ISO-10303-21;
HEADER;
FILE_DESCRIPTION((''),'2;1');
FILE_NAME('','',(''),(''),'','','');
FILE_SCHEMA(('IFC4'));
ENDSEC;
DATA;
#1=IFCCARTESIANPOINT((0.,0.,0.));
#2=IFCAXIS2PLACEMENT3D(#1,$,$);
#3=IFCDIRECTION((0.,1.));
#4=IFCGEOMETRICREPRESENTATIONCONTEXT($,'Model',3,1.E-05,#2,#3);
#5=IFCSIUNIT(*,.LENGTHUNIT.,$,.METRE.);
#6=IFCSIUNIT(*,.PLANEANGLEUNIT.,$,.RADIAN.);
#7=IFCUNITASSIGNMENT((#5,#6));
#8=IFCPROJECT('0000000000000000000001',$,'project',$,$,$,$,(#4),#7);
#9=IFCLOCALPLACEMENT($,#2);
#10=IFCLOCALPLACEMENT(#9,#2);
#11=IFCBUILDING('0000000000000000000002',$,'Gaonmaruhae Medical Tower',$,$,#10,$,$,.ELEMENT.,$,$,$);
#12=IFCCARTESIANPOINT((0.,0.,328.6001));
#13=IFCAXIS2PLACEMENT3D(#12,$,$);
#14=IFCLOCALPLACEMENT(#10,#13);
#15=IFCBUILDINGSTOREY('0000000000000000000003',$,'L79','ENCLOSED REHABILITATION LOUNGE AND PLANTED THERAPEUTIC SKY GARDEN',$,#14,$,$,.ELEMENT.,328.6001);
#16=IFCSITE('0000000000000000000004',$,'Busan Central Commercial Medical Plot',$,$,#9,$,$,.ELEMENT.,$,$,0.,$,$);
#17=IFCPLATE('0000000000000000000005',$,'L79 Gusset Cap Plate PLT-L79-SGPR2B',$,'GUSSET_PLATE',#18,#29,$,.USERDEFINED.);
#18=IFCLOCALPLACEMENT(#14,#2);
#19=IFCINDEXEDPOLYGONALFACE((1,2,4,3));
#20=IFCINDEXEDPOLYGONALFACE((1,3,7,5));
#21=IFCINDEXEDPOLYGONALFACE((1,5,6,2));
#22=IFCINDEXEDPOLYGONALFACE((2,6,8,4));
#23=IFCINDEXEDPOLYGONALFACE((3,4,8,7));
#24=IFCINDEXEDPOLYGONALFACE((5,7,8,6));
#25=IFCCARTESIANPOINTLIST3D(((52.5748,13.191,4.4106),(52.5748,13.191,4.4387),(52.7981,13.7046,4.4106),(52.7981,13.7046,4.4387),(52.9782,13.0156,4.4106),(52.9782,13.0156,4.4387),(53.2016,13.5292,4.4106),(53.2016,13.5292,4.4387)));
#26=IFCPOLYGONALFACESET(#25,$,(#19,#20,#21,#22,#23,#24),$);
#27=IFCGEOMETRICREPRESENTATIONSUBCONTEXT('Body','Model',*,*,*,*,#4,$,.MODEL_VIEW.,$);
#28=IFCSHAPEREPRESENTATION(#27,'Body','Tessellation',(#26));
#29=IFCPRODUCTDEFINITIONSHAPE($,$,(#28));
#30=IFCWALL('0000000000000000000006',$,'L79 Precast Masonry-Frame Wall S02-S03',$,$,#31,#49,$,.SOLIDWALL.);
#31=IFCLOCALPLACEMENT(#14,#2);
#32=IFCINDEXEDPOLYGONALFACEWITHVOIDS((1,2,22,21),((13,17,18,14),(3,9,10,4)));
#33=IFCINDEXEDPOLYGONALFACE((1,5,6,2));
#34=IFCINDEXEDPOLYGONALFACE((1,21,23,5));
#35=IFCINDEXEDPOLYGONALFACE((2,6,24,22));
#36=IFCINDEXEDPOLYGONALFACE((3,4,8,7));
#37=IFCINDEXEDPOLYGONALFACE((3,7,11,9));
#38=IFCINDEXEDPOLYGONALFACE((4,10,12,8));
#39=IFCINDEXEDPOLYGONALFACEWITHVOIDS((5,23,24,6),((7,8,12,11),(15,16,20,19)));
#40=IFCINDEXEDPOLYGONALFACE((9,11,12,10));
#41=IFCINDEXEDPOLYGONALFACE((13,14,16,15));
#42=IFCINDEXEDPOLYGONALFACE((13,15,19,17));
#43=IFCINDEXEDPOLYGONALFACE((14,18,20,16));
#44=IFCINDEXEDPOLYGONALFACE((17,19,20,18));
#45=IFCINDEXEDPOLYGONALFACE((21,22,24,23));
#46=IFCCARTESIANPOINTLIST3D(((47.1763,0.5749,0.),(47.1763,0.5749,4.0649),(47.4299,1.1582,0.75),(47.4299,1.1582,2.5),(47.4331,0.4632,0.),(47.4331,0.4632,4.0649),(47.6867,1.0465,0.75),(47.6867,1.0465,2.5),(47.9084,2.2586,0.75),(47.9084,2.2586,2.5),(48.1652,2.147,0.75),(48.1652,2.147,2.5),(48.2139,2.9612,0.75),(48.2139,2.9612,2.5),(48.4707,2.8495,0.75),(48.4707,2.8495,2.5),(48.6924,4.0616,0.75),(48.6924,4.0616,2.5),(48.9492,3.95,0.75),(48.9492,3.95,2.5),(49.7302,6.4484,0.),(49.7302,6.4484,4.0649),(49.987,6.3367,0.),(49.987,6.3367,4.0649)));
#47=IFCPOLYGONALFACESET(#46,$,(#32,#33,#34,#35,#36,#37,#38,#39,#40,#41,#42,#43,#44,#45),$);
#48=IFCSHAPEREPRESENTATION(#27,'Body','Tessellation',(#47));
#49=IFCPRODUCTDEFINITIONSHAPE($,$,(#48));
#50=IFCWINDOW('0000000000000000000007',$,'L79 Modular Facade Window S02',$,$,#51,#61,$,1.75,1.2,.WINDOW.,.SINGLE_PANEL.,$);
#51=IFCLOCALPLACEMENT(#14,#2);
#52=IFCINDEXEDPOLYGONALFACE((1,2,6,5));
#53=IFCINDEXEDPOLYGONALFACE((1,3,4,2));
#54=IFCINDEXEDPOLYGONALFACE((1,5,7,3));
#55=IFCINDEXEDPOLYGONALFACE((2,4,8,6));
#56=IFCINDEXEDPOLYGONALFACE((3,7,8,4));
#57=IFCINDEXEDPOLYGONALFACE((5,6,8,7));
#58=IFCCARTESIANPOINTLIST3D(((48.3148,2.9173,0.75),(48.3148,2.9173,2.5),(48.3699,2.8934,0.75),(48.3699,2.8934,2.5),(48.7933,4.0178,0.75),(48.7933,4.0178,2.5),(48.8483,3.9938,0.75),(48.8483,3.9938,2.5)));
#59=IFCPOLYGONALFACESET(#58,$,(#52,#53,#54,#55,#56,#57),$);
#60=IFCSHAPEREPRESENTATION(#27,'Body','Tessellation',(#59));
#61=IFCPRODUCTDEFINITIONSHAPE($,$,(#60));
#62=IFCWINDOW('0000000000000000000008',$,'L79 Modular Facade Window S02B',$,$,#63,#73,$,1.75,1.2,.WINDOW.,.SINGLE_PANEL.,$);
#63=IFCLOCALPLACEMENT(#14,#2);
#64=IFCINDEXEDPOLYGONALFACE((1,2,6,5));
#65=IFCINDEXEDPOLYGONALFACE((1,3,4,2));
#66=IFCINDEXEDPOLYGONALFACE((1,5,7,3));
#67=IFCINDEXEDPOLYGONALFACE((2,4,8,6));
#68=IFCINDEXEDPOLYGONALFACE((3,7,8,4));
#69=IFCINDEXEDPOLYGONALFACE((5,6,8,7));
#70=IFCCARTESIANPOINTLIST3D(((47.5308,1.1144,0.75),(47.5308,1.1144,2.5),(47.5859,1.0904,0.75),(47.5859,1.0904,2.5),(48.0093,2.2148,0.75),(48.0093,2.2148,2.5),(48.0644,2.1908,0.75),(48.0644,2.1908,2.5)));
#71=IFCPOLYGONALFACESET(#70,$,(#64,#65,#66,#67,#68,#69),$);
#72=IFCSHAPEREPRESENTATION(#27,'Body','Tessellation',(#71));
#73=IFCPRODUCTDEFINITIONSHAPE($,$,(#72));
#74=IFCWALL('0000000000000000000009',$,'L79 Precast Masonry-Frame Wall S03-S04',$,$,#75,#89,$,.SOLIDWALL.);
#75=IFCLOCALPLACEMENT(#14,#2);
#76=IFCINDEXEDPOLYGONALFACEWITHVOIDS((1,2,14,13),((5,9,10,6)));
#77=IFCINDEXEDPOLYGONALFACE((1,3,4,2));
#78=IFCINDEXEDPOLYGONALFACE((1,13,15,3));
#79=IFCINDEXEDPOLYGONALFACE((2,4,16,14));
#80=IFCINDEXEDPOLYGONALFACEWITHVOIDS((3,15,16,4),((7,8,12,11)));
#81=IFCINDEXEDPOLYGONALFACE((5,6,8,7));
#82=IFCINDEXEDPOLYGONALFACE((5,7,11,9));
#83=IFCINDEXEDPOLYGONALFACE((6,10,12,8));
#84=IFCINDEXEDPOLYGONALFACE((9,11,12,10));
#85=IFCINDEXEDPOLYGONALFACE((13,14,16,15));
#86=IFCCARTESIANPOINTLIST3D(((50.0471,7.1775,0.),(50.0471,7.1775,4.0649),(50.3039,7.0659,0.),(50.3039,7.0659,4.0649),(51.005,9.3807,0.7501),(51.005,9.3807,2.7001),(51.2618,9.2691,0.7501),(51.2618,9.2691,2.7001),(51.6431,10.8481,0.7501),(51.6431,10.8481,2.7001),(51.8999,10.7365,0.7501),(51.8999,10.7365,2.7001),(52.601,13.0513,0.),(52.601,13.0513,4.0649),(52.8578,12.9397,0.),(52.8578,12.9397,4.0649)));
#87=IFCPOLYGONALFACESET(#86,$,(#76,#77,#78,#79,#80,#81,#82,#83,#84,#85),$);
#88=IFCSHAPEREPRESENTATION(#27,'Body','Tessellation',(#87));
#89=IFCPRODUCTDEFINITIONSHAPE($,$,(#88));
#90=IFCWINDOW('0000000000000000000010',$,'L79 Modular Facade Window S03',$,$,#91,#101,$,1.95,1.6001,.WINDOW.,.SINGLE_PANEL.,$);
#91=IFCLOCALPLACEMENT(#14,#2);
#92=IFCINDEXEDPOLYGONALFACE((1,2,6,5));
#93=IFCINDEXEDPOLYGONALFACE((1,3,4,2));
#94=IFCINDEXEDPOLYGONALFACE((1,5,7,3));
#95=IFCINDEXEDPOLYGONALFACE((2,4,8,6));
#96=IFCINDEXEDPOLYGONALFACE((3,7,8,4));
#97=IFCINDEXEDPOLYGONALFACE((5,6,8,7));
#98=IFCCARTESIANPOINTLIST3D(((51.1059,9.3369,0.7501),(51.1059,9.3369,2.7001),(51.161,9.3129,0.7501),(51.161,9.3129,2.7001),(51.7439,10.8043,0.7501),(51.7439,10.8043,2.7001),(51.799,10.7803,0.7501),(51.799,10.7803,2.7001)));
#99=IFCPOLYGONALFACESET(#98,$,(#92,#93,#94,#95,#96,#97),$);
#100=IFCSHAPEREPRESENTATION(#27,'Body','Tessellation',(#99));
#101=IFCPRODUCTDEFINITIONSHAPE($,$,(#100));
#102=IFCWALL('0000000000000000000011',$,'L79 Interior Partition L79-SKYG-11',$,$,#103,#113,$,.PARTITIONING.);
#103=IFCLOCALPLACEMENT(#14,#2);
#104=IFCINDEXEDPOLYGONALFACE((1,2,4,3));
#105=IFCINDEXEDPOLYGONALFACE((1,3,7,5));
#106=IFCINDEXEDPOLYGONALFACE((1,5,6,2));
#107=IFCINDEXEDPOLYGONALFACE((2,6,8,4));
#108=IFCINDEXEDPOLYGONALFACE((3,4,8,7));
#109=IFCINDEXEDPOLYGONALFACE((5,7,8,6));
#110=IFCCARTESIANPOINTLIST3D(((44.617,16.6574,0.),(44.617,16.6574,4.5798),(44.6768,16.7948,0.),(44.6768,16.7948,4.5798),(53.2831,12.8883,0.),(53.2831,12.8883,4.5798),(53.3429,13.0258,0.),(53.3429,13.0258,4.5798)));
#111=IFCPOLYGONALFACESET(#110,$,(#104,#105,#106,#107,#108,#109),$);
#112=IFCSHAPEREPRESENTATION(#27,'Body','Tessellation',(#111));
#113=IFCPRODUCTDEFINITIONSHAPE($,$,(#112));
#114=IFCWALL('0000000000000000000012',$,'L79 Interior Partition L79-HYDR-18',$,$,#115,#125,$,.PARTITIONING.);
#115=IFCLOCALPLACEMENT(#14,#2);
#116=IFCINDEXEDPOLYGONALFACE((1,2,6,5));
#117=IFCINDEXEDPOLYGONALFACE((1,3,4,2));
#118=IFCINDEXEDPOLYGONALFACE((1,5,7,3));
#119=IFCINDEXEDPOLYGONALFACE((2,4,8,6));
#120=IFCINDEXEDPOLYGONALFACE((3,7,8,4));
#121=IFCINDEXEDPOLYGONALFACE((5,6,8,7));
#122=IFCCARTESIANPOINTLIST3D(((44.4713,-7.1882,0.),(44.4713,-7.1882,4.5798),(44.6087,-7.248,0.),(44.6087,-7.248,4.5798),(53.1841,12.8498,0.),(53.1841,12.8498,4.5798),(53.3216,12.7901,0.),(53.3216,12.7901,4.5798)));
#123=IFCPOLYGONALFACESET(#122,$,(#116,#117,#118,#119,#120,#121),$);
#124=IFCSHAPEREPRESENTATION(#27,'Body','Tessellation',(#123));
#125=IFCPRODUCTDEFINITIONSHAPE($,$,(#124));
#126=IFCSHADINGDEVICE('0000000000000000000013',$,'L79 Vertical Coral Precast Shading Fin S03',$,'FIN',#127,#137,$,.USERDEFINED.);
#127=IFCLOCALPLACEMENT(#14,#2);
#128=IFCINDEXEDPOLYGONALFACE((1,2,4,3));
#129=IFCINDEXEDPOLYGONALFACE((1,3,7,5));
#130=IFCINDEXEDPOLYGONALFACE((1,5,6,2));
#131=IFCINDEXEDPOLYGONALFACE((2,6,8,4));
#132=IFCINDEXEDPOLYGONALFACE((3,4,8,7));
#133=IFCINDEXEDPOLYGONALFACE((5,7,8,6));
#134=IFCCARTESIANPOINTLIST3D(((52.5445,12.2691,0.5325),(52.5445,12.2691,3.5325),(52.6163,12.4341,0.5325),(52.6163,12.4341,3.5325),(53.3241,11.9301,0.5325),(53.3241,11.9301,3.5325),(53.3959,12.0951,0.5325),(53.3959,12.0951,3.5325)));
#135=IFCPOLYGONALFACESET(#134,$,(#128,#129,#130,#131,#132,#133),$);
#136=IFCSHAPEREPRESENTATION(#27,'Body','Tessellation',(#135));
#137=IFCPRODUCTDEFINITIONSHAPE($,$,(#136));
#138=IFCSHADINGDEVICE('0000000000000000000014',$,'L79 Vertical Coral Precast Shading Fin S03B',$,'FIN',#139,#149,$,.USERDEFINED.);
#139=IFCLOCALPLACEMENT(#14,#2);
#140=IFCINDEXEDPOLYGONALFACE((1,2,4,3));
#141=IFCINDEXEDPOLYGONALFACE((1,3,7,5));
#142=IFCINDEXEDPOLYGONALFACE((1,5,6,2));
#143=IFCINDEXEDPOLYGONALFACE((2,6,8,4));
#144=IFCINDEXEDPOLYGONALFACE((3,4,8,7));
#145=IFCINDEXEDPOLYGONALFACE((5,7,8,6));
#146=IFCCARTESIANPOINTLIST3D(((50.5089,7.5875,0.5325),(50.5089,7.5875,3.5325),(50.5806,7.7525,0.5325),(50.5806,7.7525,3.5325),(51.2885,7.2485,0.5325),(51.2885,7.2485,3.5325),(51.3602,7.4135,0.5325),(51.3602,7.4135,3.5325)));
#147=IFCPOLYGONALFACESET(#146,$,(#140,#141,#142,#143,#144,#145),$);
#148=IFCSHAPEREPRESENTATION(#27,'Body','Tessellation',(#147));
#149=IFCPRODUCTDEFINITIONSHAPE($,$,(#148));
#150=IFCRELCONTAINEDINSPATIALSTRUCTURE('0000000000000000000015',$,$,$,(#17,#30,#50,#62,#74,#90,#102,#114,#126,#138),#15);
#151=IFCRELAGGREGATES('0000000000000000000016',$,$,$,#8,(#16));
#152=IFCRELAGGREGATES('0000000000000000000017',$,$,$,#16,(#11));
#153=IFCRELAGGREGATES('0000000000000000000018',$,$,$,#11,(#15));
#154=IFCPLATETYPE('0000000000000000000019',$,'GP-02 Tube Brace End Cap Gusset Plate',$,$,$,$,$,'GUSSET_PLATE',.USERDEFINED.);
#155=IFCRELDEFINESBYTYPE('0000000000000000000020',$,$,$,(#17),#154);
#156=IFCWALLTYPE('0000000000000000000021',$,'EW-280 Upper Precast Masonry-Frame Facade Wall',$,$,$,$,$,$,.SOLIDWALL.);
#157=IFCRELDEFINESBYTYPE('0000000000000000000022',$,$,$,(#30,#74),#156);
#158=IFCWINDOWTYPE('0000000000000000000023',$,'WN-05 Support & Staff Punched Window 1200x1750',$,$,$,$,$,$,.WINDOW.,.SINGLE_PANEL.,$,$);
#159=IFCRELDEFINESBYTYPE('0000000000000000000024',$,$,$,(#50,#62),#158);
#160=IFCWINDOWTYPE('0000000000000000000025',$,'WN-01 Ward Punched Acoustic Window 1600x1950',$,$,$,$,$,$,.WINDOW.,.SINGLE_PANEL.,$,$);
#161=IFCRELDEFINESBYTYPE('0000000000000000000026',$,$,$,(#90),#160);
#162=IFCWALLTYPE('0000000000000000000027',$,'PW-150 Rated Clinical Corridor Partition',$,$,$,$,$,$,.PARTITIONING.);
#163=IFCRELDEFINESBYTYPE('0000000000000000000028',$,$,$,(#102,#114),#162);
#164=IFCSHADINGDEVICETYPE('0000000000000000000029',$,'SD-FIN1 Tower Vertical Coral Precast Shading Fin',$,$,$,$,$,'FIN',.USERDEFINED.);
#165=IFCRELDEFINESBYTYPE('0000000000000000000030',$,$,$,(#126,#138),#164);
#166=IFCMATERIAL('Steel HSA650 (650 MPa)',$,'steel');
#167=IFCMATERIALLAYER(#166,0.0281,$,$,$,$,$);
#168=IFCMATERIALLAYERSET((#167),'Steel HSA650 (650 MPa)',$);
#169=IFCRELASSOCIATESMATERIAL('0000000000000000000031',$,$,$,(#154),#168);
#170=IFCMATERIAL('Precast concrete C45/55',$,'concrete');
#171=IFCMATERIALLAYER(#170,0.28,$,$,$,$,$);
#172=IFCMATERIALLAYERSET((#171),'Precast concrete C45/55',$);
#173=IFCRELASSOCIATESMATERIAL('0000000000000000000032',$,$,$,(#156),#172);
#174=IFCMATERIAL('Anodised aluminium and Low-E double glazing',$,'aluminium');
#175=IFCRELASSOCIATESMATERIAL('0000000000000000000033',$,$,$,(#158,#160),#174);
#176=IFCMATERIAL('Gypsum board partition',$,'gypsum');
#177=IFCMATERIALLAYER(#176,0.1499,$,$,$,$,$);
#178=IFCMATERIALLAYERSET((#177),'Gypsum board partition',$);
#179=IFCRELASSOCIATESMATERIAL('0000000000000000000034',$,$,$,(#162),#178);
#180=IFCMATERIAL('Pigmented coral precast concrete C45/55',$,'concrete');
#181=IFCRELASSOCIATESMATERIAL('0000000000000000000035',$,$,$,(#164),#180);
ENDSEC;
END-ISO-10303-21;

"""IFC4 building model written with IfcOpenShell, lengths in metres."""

from ifc_helpers import new_model, si_unit, direction, frame, frame_2d, origin, origin_2d, place, context, subcontext, project, spatial, rectangle, extrude, material, layer, layer_set, type_object, element, fill, save


model = new_model("IFC4")

# Units and contexts
model_context = context("Model", 3, precision=1e-05, world=origin(), true_north=direction((0.0, 1.0)))
body_context = subcontext(model_context, "Body", "Model", "MODEL_VIEW")
ifc_project = project(units=[si_unit("LENGTHUNIT", "METRE"), si_unit("PLANEANGLEUNIT", "RADIAN")], contexts=[model_context])

# Site, building, storey
site_placement = place(None, origin())
site = spatial("IfcSite", under=ifc_project, at=site_placement, Name="Busan Central Commercial Medical Plot", CompositionType="ELEMENT", RefElevation=0.0)
building_placement = place(site_placement, origin())
building = spatial("IfcBuilding", under=site, at=building_placement, Name="Gaonmaruhae Medical Tower", CompositionType="ELEMENT")
storey_placement = place(building_placement, frame((0.0, 0.0, 328.6001)))
storey = spatial("IfcBuildingStorey", under=building, at=storey_placement, Name="L79", Description="ENCLOSED REHABILITATION LOUNGE AND PLANTED THERAPEUTIC SKY GARDEN", CompositionType="ELEMENT", Elevation=328.6001)

# Shared definitions
ifc_material_1 = material(Name="Anodised aluminium and Low-E double glazing", Category="aluminium")

# Plate
ifc_material_2 = material(Name="Steel HSA650 (650 MPa)", Category="steel")
ifc_layer_1 = layer(ifc_material_2, 0.0281)
ifc_layer_set_1 = layer_set([ifc_layer_1], Name="Steel HSA650 (650 MPa)")
plate_type_1 = type_object("IfcPlateType", Name="GP-02 Tube Brace End Cap Gusset Plate", ElementType="GUSSET_PLATE", PredefinedType="USERDEFINED", material=ifc_layer_set_1)
for number, where, z_axis, x_axis, name in (
    (1, (52.8882, 13.3601, 4.4106), (0.0, 0.0, 1.0), (0.398749, 0.91706, 0.0), "L79 Gusset Cap Plate PLT-L79-SGPR2B"),
):
    element("IfcPlate", number, at=place(storey_placement, frame(where, z_axis=z_axis, x_axis=x_axis)), inside=storey, type_object=plate_type_1, Name=name, ObjectType="GUSSET_PLATE", PredefinedType="USERDEFINED", context=body_context, shape_type="SweptSolid", body=[
        extrude(rectangle(XDim=0.5601, YDim=0.4399, at=origin_2d()), origin(), (0.0, 0.0, 1.0), 0.0281),
    ])

# Wall, openings, windows
ifc_material_3 = material(Name="Precast concrete C45/55", Category="concrete")
ifc_layer_2 = layer(ifc_material_3, 0.28)
ifc_layer_set_2 = layer_set([ifc_layer_2], Name="Precast concrete C45/55")
wall_type_1 = type_object("IfcWallType", Name="EW-280 Upper Precast Masonry-Frame Facade Wall", PredefinedType="SOLIDWALL", material=ifc_layer_set_2)
wall_1_placement = place(storey_placement, frame((49.8586, 6.3926, 0.0), z_axis=(0.0, 0.0, 1.0), x_axis=(-0.398758, -0.917056, 0.0)))
wall_1 = element("IfcWall", 2, at=wall_1_placement, inside=storey, type_object=wall_type_1, Name="L79 Precast Masonry-Frame Wall S02-S03", PredefinedType="SOLIDWALL", context=body_context, shape_type="SweptSolid", body=[
    extrude(rectangle(XDim=6.4048, YDim=0.28, at=frame_2d((3.2024, 0.0))), origin(), (0.0, 0.0, 1.0), 4.0649),
])
opening_1_placement = place(wall_1_placement, frame((2.6025, 0.0, 0.75)))
opening_1 = element("IfcOpeningElement", 3, at=opening_1_placement, cuts=wall_1, PredefinedType="OPENING", context=body_context, shape_type="SweptSolid", body=[
    extrude(rectangle(XDim=1.2, YDim=1.75, at=frame_2d((0.6001, 0.875))), frame((0.0, 0.1499, 0.0), z_axis=(0.0, -1.0, 0.0), x_axis=(1.0, 0.0, 0.0)), (0.0, 0.0, 1.0), 0.3),
])
opening_2_placement = place(wall_1_placement, frame((4.5686, 0.0, 0.75)))
opening_2 = element("IfcOpeningElement", 4, at=opening_2_placement, cuts=wall_1, PredefinedType="OPENING", context=body_context, shape_type="SweptSolid", body=[
    extrude(rectangle(XDim=1.2, YDim=1.75, at=frame_2d((0.6001, 0.875))), frame((0.0, 0.1499, 0.0), z_axis=(0.0, -1.0, 0.0), x_axis=(1.0, 0.0, 0.0)), (0.0, 0.0, 1.0), 0.3),
])
window_type_1 = type_object("IfcWindowType", Name="WN-05 Support & Staff Punched Window 1200x1750", PartitioningType="SINGLE_PANEL", PredefinedType="WINDOW", material=ifc_material_1)
window_1_placement = place(opening_1_placement, origin())
window_1 = element("IfcWindow", 5, at=window_1_placement, inside=storey, type_object=window_type_1, Name="L79 Modular Facade Window S02", OverallHeight=1.75, OverallWidth=1.2, PartitioningType="SINGLE_PANEL", PredefinedType="WINDOW", context=body_context, shape_type="SweptSolid", body=[
    extrude(rectangle(XDim=1.2, YDim=1.75, at=frame_2d((0.6001, 0.875))), frame((0.0, 0.03, 0.0), z_axis=(0.0, -1.0, 0.0), x_axis=(1.0, 0.0, 0.0)), (0.0, 0.0, 1.0), 0.0601),
])
fill(opening_1, window_1)
window_2_placement = place(opening_2_placement, origin())
window_2 = element("IfcWindow", 6, at=window_2_placement, inside=storey, type_object=window_type_1, Name="L79 Modular Facade Window S02B", OverallHeight=1.75, OverallWidth=1.2, PartitioningType="SINGLE_PANEL", PredefinedType="WINDOW", context=body_context, shape_type="SweptSolid", body=[
    extrude(rectangle(XDim=1.2, YDim=1.75, at=frame_2d((0.6001, 0.875))), frame((0.0, 0.03, 0.0), z_axis=(0.0, -1.0, 0.0), x_axis=(1.0, 0.0, 0.0)), (0.0, 0.0, 1.0), 0.0601),
])
fill(opening_2, window_2)

# Wall, opening, window
wall_2_placement = place(storey_placement, frame((52.7295, 12.9956, 0.0), z_axis=(0.0, 0.0, 1.0), x_axis=(-0.398744, -0.917062, 0.0)))
wall_2 = element("IfcWall", 7, at=wall_2_placement, inside=storey, type_object=wall_type_1, Name="L79 Precast Masonry-Frame Wall S03-S04", PredefinedType="SOLIDWALL", context=body_context, shape_type="SweptSolid", body=[
    extrude(rectangle(XDim=6.405, YDim=0.28, at=frame_2d((3.2026, 0.0))), origin(), (0.0, 0.0, 1.0), 4.0649),
])
opening_3_placement = place(wall_2_placement, frame((2.4026, 0.0, 0.75)))
opening_3 = element("IfcOpeningElement", 8, at=opening_3_placement, cuts=wall_2, PredefinedType="OPENING", context=body_context, shape_type="SweptSolid", body=[
    extrude(rectangle(XDim=1.6001, YDim=1.95, at=frame_2d((0.8, 0.9751))), frame((0.0, 0.1499, 0.0), z_axis=(0.0, -1.0, 0.0), x_axis=(1.0, 0.0, 0.0)), (0.0, 0.0, 1.0), 0.3),
])
window_type_2 = type_object("IfcWindowType", Name="WN-01 Ward Punched Acoustic Window 1600x1950", PartitioningType="SINGLE_PANEL", PredefinedType="WINDOW", material=ifc_material_1)
window_3_placement = place(opening_3_placement, origin())
window_3 = element("IfcWindow", 9, at=window_3_placement, inside=storey, type_object=window_type_2, Name="L79 Modular Facade Window S03", OverallHeight=1.95, OverallWidth=1.6001, PartitioningType="SINGLE_PANEL", PredefinedType="WINDOW", context=body_context, shape_type="SweptSolid", body=[
    extrude(rectangle(XDim=1.6001, YDim=1.95, at=frame_2d((0.8, 0.9751))), frame((0.0, 0.03, 0.0), z_axis=(0.0, -1.0, 0.0), x_axis=(1.0, 0.0, 0.0)), (0.0, 0.0, 1.0), 0.0601),
])
fill(opening_3, window_3)

# Walls
ifc_material_4 = material(Name="Gypsum board partition", Category="gypsum")
ifc_layer_3 = layer(ifc_material_4, 0.1499)
ifc_layer_set_3 = layer_set([ifc_layer_3], Name="Gypsum board partition")
wall_type_2 = type_object("IfcWallType", Name="PW-150 Rated Clinical Corridor Partition", PredefinedType="PARTITIONING", material=ifc_layer_set_3)
wall_3_placement = place(storey_placement, frame((53.313, 12.957, 0.0), z_axis=(0.0, 0.0, 1.0), x_axis=(-0.917023, 0.398834, 0.0)))
element("IfcWall", 10, at=wall_3_placement, inside=storey, type_object=wall_type_2, Name="L79 Interior Partition L79-SKYG-11", PredefinedType="PARTITIONING", context=body_context, shape_type="SweptSolid", body=[
    extrude(rectangle(XDim=9.4502, YDim=0.1499, at=frame_2d((4.7251, 0.0))), origin(), (0.0, 0.0, 1.0), 4.5798),
])
wall_4_placement = place(storey_placement, frame((53.2529, 12.8201, 0.0), z_axis=(0.0, 0.0, 1.0), x_axis=(-0.398752, -0.917059, 0.0)))
element("IfcWall", 11, at=wall_4_placement, inside=storey, type_object=wall_type_2, Name="L79 Interior Partition L79-HYDR-18", PredefinedType="PARTITIONING", context=body_context, shape_type="SweptSolid", body=[
    extrude(rectangle(XDim=21.8503, YDim=0.1499, at=frame_2d((10.9253, 0.0))), origin(), (0.0, 0.0, 1.0), 4.5798),
])

# Shading devices
ifc_material_5 = material(Name="Pigmented coral precast concrete C45/55", Category="concrete")
shading_device_type = type_object("IfcShadingDeviceType", Name="SD-FIN1 Tower Vertical Coral Precast Shading Fin", ElementType="FIN", PredefinedType="USERDEFINED", material=ifc_material_5)
for number, where, z_axis, x_axis, name in (
    (12, (52.9702, 12.1821, 0.5325), (0.0, 0.0, 1.0), (-0.398749, -0.91706, 0.0), "L79 Vertical Coral Precast Shading Fin S03"),
    (13, (50.9346, 7.5005, 0.5325), (0.0, 0.0, 1.0), (-0.398749, -0.91706, 0.0), "L79 Vertical Coral Precast Shading Fin S03B"),
):
    element("IfcShadingDevice", number, at=place(storey_placement, frame(where, z_axis=z_axis, x_axis=x_axis)), inside=storey, type_object=shading_device_type, Name=name, ObjectType="FIN", PredefinedType="USERDEFINED", context=body_context, shape_type="SweptSolid", body=[
        extrude(rectangle(XDim=0.1799, YDim=0.8501, at=origin_2d()), origin(), (0.0, 0.0, 1.0), 3.0),
    ])

save(model, "model.ifc")
